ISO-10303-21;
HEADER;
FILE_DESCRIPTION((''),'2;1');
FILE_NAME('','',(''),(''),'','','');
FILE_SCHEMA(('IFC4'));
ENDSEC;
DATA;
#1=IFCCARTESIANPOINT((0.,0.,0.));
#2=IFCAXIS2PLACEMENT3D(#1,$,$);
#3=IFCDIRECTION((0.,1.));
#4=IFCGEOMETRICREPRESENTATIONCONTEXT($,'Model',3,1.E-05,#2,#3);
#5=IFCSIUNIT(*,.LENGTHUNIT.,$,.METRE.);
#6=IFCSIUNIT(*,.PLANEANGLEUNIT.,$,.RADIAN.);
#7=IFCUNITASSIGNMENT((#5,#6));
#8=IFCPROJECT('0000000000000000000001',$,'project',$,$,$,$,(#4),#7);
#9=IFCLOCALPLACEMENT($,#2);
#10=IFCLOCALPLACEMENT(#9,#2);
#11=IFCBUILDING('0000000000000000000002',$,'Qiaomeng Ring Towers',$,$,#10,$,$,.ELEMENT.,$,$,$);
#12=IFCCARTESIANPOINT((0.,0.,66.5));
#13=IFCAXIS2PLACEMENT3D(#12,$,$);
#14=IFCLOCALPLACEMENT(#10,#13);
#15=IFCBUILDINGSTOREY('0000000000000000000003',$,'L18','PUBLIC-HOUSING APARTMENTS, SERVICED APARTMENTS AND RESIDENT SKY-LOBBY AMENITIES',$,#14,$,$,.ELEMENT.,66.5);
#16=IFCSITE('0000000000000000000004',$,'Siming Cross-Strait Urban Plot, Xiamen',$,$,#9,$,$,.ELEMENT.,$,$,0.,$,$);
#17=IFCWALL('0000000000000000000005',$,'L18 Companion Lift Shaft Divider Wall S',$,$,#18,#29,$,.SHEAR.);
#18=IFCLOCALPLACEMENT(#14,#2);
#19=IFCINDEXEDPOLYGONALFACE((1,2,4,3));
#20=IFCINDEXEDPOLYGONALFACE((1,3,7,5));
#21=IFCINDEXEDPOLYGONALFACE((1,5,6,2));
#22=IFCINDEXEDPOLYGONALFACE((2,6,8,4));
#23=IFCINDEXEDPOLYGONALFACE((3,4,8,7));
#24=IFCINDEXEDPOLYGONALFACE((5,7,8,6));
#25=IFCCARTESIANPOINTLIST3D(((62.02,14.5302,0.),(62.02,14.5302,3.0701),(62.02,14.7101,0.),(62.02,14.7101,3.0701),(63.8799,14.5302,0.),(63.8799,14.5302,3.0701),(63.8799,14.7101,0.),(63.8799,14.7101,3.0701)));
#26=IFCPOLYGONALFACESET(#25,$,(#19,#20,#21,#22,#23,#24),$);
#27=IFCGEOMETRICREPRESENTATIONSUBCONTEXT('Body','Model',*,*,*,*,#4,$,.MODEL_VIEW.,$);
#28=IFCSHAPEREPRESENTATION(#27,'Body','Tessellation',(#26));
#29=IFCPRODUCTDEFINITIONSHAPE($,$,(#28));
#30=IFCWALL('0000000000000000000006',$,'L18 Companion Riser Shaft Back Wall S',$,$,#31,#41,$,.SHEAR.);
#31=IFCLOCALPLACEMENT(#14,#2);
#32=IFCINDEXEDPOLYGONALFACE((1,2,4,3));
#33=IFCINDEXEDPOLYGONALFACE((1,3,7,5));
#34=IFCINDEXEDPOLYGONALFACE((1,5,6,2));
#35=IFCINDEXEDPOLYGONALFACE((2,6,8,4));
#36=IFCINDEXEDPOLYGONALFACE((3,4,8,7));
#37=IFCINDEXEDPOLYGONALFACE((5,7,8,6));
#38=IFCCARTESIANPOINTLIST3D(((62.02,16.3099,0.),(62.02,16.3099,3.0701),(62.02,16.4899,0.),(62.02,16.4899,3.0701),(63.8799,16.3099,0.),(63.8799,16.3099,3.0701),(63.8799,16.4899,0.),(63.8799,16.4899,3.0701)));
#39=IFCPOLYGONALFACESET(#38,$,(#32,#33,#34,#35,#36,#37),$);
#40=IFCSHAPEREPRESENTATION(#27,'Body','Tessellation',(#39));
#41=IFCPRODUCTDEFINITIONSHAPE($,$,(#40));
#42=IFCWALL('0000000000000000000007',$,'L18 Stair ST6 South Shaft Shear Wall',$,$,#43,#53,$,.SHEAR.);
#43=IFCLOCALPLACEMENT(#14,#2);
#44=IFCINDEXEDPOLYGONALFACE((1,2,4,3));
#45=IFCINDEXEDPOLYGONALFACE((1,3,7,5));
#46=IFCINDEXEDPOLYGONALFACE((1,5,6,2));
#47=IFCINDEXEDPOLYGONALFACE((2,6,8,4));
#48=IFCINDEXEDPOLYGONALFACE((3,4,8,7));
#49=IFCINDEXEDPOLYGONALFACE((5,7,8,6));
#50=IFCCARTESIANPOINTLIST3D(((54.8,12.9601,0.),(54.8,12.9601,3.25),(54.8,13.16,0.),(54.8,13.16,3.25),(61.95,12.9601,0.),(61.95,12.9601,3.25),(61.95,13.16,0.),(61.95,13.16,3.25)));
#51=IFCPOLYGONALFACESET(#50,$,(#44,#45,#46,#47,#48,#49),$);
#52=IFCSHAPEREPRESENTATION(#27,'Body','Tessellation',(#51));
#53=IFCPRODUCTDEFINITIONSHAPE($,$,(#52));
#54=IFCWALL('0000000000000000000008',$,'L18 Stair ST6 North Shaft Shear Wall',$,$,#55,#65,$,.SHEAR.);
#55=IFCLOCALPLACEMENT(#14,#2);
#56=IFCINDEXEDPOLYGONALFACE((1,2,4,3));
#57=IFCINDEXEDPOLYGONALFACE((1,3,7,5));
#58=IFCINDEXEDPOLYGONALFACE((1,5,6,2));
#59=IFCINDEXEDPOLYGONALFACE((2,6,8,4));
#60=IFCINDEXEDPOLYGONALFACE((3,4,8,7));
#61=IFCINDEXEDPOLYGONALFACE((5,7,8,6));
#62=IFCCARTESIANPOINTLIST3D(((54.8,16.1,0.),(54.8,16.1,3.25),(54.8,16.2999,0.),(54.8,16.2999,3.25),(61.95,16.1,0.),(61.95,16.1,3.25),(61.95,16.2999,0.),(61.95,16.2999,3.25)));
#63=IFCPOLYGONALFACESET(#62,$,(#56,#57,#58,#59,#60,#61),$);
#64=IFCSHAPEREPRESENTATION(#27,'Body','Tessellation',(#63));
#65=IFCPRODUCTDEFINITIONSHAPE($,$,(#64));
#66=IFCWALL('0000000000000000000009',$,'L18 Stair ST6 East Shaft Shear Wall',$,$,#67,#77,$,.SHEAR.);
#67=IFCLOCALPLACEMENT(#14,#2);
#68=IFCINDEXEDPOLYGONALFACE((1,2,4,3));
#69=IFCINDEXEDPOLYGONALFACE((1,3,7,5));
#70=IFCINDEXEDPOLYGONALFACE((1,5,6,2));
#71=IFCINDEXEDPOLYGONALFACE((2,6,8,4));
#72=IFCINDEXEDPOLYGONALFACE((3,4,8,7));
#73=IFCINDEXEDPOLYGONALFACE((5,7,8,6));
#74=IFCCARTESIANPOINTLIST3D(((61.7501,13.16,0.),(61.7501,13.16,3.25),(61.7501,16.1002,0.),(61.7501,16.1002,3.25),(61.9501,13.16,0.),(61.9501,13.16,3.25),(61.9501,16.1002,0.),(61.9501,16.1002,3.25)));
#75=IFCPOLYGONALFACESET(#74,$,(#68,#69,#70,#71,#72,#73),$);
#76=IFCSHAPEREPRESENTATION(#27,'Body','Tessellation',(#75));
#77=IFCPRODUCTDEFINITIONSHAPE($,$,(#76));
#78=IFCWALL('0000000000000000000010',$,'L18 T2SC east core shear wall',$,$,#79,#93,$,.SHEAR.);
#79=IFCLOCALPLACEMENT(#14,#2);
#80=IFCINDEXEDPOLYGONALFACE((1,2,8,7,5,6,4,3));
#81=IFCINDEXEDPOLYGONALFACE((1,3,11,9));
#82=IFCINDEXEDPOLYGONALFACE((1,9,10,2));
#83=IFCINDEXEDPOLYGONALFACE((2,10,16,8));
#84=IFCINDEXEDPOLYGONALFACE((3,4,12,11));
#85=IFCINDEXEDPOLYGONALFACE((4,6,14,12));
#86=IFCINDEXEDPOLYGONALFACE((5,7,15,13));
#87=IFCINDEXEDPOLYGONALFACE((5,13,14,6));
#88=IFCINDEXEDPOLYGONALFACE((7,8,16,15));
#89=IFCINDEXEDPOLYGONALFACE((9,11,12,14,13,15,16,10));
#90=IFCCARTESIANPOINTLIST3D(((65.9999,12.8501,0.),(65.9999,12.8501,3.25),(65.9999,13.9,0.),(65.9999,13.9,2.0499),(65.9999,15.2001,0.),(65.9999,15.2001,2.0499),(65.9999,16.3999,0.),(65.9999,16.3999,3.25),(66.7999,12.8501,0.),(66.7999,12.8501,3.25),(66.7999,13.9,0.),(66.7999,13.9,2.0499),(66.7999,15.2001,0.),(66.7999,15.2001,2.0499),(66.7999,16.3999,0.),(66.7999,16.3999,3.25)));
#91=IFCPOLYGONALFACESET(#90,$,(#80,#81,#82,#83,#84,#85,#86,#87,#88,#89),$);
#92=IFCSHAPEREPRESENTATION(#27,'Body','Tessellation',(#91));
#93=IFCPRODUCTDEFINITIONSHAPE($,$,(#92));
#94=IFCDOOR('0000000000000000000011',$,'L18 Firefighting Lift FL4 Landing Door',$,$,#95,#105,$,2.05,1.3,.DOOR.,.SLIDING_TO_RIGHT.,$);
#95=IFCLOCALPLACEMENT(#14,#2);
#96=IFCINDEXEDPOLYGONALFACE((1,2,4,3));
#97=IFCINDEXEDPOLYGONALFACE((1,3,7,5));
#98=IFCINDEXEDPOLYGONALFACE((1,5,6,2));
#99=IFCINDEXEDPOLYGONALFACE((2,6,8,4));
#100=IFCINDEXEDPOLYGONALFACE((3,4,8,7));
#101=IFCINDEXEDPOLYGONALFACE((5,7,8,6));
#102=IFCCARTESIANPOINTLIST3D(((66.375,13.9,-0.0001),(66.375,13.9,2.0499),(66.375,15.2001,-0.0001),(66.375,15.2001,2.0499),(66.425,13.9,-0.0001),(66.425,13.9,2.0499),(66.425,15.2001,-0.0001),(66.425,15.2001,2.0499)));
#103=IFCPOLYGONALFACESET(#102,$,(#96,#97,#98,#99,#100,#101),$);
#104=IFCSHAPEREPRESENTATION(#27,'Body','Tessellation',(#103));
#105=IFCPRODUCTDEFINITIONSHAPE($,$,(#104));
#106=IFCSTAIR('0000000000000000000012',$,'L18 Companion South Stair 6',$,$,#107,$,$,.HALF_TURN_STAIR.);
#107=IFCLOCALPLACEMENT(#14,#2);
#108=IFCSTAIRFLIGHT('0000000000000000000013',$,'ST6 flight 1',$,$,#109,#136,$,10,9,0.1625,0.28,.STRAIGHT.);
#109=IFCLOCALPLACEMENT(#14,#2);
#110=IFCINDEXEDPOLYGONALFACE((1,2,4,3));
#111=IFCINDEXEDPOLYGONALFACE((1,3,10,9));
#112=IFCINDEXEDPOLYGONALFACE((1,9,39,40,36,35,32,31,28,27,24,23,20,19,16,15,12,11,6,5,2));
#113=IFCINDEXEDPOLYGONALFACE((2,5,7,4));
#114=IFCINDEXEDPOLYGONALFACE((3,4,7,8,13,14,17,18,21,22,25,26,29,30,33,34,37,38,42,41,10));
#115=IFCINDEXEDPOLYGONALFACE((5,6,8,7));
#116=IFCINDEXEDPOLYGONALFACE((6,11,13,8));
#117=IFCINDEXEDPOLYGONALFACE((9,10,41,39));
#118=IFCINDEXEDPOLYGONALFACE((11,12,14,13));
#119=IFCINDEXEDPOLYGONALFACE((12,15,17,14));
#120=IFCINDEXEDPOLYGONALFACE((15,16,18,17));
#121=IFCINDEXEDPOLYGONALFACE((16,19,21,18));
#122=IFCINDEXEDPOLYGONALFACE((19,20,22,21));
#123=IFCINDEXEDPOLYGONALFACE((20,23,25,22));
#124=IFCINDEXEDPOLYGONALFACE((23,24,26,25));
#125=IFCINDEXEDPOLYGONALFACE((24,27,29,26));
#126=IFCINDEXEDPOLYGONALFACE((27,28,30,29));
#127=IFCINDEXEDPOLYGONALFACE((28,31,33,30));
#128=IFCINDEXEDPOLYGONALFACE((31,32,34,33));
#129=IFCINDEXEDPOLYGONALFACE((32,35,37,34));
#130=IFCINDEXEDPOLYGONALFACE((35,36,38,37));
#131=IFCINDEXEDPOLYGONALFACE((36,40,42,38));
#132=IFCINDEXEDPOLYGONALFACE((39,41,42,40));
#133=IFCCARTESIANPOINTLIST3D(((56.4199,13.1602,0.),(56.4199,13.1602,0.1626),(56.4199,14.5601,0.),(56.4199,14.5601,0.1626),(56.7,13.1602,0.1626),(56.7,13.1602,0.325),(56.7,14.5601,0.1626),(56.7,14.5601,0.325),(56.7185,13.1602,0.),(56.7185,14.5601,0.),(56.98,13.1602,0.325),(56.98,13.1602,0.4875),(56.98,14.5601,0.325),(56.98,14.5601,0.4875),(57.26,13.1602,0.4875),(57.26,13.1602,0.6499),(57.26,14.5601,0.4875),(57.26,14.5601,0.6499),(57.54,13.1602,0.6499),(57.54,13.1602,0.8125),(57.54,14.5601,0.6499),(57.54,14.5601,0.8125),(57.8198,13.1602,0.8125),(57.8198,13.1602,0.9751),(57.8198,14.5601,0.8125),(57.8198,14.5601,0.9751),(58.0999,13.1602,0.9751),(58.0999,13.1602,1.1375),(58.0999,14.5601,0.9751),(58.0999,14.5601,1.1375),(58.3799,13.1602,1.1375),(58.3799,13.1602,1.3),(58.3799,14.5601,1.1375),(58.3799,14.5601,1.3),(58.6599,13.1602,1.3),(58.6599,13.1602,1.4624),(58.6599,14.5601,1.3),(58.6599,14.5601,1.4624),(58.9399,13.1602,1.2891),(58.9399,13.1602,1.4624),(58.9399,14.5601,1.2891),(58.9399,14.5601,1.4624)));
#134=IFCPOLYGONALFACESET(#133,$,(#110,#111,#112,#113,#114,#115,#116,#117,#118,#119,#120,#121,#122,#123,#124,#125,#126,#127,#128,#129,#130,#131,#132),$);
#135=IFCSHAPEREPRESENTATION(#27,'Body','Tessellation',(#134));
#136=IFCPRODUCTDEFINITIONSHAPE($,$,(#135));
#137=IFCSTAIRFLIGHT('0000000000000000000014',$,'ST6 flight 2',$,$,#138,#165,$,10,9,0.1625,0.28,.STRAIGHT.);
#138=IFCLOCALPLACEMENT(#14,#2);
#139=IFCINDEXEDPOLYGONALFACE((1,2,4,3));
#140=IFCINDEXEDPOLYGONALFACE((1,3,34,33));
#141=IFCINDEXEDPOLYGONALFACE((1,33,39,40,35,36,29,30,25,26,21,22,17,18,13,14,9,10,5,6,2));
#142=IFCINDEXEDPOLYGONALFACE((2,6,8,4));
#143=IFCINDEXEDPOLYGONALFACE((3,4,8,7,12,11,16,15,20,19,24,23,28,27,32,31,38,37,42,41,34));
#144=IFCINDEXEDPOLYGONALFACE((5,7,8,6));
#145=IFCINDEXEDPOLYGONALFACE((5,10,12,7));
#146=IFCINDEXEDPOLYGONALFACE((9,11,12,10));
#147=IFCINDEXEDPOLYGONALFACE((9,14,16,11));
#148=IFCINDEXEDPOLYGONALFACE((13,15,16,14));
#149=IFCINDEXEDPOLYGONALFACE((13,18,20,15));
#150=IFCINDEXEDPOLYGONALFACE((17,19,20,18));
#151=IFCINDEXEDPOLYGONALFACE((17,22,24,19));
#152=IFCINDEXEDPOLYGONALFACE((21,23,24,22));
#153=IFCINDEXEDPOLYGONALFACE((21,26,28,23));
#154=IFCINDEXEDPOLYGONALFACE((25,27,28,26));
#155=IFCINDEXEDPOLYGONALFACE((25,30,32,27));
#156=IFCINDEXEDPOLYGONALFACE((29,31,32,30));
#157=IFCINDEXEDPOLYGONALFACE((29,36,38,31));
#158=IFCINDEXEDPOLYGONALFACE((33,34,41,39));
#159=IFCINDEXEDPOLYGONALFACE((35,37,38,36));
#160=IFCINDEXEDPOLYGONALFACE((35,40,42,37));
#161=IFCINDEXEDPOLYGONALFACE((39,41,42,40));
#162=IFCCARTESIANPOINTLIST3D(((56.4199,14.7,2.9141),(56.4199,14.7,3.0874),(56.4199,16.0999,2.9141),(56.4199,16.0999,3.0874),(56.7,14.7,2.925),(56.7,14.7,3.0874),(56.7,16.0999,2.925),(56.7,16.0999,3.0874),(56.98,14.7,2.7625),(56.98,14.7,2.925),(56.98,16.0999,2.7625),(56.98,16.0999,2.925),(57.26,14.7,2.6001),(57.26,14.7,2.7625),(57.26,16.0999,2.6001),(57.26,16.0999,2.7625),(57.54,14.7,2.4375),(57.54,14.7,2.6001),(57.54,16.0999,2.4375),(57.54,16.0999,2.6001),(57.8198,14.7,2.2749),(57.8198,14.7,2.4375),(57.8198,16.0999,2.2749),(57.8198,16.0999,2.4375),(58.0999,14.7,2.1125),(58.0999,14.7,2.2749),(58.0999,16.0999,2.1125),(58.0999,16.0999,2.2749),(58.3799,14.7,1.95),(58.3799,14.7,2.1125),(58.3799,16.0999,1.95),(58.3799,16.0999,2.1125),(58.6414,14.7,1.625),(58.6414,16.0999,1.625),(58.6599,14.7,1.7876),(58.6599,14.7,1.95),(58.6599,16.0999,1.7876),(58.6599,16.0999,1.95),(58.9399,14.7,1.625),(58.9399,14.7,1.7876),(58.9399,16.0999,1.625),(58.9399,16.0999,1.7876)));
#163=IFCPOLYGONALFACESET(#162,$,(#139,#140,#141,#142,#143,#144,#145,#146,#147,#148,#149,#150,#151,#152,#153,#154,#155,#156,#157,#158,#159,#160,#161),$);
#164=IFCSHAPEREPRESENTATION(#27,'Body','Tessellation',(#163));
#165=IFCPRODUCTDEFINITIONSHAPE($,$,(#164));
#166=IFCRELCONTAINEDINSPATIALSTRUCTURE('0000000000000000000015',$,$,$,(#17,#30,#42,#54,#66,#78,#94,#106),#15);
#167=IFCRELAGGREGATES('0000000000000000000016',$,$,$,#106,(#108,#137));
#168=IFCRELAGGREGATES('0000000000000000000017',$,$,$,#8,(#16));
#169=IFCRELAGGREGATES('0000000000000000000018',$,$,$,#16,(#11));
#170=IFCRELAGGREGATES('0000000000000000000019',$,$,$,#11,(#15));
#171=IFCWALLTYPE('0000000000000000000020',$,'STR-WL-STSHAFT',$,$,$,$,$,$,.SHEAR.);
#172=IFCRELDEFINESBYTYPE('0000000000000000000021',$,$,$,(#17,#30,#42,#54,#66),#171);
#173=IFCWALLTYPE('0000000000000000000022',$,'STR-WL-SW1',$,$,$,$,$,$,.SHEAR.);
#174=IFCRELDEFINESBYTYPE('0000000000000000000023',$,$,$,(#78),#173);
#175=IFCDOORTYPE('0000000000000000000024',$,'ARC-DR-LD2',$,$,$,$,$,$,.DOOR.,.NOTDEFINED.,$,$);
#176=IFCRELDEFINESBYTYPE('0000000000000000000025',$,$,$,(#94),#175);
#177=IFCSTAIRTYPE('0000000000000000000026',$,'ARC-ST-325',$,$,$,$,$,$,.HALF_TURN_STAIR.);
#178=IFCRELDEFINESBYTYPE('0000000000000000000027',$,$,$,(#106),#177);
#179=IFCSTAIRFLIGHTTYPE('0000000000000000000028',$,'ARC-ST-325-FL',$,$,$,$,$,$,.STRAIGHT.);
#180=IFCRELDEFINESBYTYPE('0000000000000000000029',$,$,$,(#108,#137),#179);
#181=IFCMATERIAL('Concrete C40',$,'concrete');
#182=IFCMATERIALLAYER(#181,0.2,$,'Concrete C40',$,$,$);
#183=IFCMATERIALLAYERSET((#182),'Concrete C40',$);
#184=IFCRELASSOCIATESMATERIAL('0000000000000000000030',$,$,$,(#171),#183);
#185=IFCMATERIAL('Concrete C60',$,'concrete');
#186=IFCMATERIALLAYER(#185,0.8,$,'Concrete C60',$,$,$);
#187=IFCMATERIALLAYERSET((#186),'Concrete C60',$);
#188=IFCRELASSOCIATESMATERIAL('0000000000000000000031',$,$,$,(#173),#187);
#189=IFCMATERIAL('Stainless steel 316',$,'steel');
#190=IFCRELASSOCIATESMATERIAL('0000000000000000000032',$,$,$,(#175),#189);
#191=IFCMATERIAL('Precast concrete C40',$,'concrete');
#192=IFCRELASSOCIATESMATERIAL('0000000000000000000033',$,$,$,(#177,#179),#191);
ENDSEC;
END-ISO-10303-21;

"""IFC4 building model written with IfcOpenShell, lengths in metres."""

from ifc_helpers import new_model, si_unit, direction, frame, frame_2d, origin, place, context, subcontext, project, spatial, polyline, rectangle, outline, extrude, source, transform, mapped, material, layer, layer_set, type_object, element, fill, aggregate, save


model = new_model("IFC4")

# Units and contexts
model_context = context("Model", 3, precision=1e-05, world=origin(), true_north=direction((0.0, 1.0)))
body_context = subcontext(model_context, "Body", "Model", "MODEL_VIEW")
ifc_project = project(units=[si_unit("LENGTHUNIT", "METRE"), si_unit("PLANEANGLEUNIT", "RADIAN")], contexts=[model_context])

# Site, building, storey
site_placement = place(None, origin())
site = spatial("IfcSite", under=ifc_project, at=site_placement, Name="Siming Cross-Strait Urban Plot, Xiamen", CompositionType="ELEMENT", RefElevation=0.0)
building_placement = place(site_placement, origin())
building = spatial("IfcBuilding", under=site, at=building_placement, Name="Qiaomeng Ring Towers", CompositionType="ELEMENT")
storey_placement = place(building_placement, frame((0.0, 0.0, 66.5)))
storey = spatial("IfcBuildingStorey", under=building, at=storey_placement, Name="L18", Description="PUBLIC-HOUSING APARTMENTS, SERVICED APARTMENTS AND RESIDENT SKY-LOBBY AMENITIES", CompositionType="ELEMENT", Elevation=66.5)

# Walls
ifc_material_1 = material(Name="Concrete C40", Category="concrete")
ifc_layer_1 = layer(ifc_material_1, 0.2, Name="Concrete C40")
ifc_layer_set_1 = layer_set([ifc_layer_1], Name="Concrete C40")
wall_type_1 = type_object("IfcWallType", Name="STR-WL-STSHAFT", PredefinedType="SHEAR", material=ifc_layer_set_1)
for number, where, z_axis, x_axis, name in (
    (1, (62.02, 14.6201, 0.0), (0.0, 0.0, 1.0), (1.0, 0.0, 0.0), "L18 Companion Lift Shaft Divider Wall S"),
    (2, (62.02, 16.3999, 0.0), (0.0, 0.0, 1.0), (1.0, 0.0, 0.0), "L18 Companion Riser Shaft Back Wall S"),
):
    element("IfcWall", number, at=place(storey_placement, frame(where, z_axis=z_axis, x_axis=x_axis)), inside=storey, type_object=wall_type_1, Name=name, PredefinedType="SHEAR", context=body_context, shape_type="SweptSolid", body=[
        extrude(rectangle(XDim=1.8599, YDim=0.1799, at=frame_2d((0.9299, 0.0))), origin(), (0.0, 0.0, 1.0), 3.0701),
    ])
for number, where, z_axis, x_axis, name in (
    (3, (54.8, 13.0601, 0.0), (0.0, 0.0, 1.0), (1.0, 0.0, 0.0), "L18 Stair ST6 South Shaft Shear Wall"),
    (4, (54.8, 16.2, 0.0), (0.0, 0.0, 1.0), (1.0, 0.0, 0.0), "L18 Stair ST6 North Shaft Shear Wall"),
):
    element("IfcWall", number, at=place(storey_placement, frame(where, z_axis=z_axis, x_axis=x_axis)), inside=storey, type_object=wall_type_1, Name=name, PredefinedType="SHEAR", context=body_context, shape_type="SweptSolid", body=[
        extrude(rectangle(XDim=7.1499, YDim=0.2, at=frame_2d((3.575, 0.0))), origin(), (0.0, 0.0, 1.0), 3.25),
    ])
wall_1_placement = place(storey_placement, frame((61.8501, 13.1599, 0.0), z_axis=(0.0, 0.0, 1.0), x_axis=(0.0, 1.0, 0.0)))
element("IfcWall", 5, at=wall_1_placement, inside=storey, type_object=wall_type_1, Name="L18 Stair ST6 East Shaft Shear Wall", PredefinedType="SHEAR", context=body_context, shape_type="SweptSolid", body=[
    extrude(rectangle(XDim=2.9402, YDim=0.2, at=frame_2d((1.4702, 0.0))), origin(), (0.0, 0.0, 1.0), 3.25),
])

# Wall, opening, door
ifc_material_2 = material(Name="Concrete C60", Category="concrete")
ifc_layer_2 = layer(ifc_material_2, 0.8, Name="Concrete C60")
ifc_layer_set_2 = layer_set([ifc_layer_2], Name="Concrete C60")
wall_type_2 = type_object("IfcWallType", Name="STR-WL-SW1", PredefinedType="SHEAR", material=ifc_layer_set_2)
wall_2_placement = place(storey_placement, frame((66.3999, 12.8501, 0.0), z_axis=(0.0, 0.0, 1.0), x_axis=(0.0, 1.0, 0.0)))
wall_2 = element("IfcWall", 6, at=wall_2_placement, inside=storey, type_object=wall_type_2, Name="L18 T2SC east core shear wall", PredefinedType="SHEAR", context=body_context, shape_type="SweptSolid", body=[
    extrude(rectangle(XDim=3.5498, YDim=0.8, at=frame_2d((1.7749, 0.0))), origin(), (0.0, 0.0, 1.0), 3.25),
])
opening_placement = place(wall_2_placement, frame((1.05, 0.0, 0.0)))
opening = element("IfcOpeningElement", 7, at=opening_placement, cuts=wall_2, PredefinedType="OPENING", context=body_context, shape_type="SweptSolid", body=[
    extrude(rectangle(XDim=1.3, YDim=2.05, at=frame_2d((0.6499, 1.0249))), frame((0.0, 0.4099, 0.0), z_axis=(0.0, -1.0, 0.0), x_axis=(1.0, 0.0, 0.0)), (0.0, 0.0, 1.0), 0.8201),
])
ifc_material_3 = material(Name="Stainless steel 316", Category="steel")
door_type = type_object("IfcDoorType", Name="ARC-DR-LD2", OperationType="NOTDEFINED", PredefinedType="DOOR", material=ifc_material_3)
shared_shape_1 = source(origin(), body_context, "Body", "SweptSolid", [
    extrude(rectangle(XDim=1.3, YDim=2.05, at=frame_2d((0.6499, 1.0249))), frame((0.0, 0.0249, 0.0), z_axis=(0.0, -1.0, 0.0), x_axis=(1.0, 0.0, 0.0)), (0.0, 0.0, 1.0), 0.05),
])
door_placement = place(opening_placement, origin())
door = element("IfcDoor", 8, at=door_placement, inside=storey, type_object=door_type, Name="L18 Firefighting Lift FL4 Landing Door", OperationType="SLIDING_TO_RIGHT", OverallHeight=2.05, OverallWidth=1.3, PredefinedType="DOOR", context=body_context, shape_type="MappedRepresentation", body=[
    mapped(shared_shape_1, transform((0.0, 0.0, 0.0), x_axis=(1.0, 0.0, 0.0), y_axis=(0.0, 1.0, 0.0), z_axis=(0.0, 0.0, 1.0), scale=1.0)),
])
fill(opening, door)

# Stair, stair flights
ifc_material_4 = material(Name="Precast concrete C40", Category="concrete")
stair_type = type_object("IfcStairType", Name="ARC-ST-325", PredefinedType="HALF_TURN_STAIR", material=ifc_material_4)
stair_placement = place(storey_placement, origin())
stair = element("IfcStair", 9, at=stair_placement, inside=storey, type_object=stair_type, Name="L18 Companion South Stair 6", PredefinedType="HALF_TURN_STAIR")
stair_flight_type = type_object("IfcStairFlightType", Name="ARC-ST-325-FL", PredefinedType="STRAIGHT", material=ifc_material_4)
shared_shape_2 = source(origin(), body_context, "Body", "SweptSolid", [
    extrude(outline(polyline([(0.0, 0.0), (0.0, 0.1626), (0.28, 0.1626), (0.28, 0.325), (0.5601, 0.325), (0.5601, 0.4875), (0.8401, 0.4875), (0.8401, 0.6499), (1.1201, 0.6499), (1.1201, 0.8125), (1.3999, 0.8125), (1.3999, 0.9751), (1.6799, 0.9751), (1.6799, 1.1375), (1.96, 1.1375), (1.96, 1.3), (2.24, 1.3), (2.24, 1.4624), (2.52, 1.4624), (2.52, 1.625), (2.52, 1.2891), (0.2986, 0.0), (0.0, 0.0)])), frame((0.0, 0.7, 0.0), z_axis=(0.0, -1.0, 0.0), x_axis=(1.0, 0.0, 0.0)), (0.0, 0.0, 1.0), 1.3999),
])
stair_flight_1_placement = place(storey_placement, frame((56.4199, 13.8601, 0.0), z_axis=(0.0, 0.0, 1.0), x_axis=(1.0, 0.0, 0.0)))
stair_flight_1 = element("IfcStairFlight", 10, at=stair_flight_1_placement, type_object=stair_flight_type, Name="ST6 flight 1", NumberOfRisers=10, NumberOfTreads=9, PredefinedType="STRAIGHT", RiserHeight=0.1625, TreadLength=0.28, context=body_context, shape_type="MappedRepresentation", body=[
    mapped(shared_shape_2, transform((0.0, 0.0, 0.0), x_axis=(1.0, 0.0, 0.0), y_axis=(0.0, 1.0, 0.0), z_axis=(0.0, 0.0, 1.0), scale=1.0)),
])
stair_flight_2_placement = place(storey_placement, frame((58.9399, 15.3999, 1.625), z_axis=(0.0, 0.0, 1.0), x_axis=(-1.0, 0.0, 0.0)))
stair_flight_2 = element("IfcStairFlight", 11, at=stair_flight_2_placement, type_object=stair_flight_type, Name="ST6 flight 2", NumberOfRisers=10, NumberOfTreads=9, PredefinedType="STRAIGHT", RiserHeight=0.1625, TreadLength=0.28, context=body_context, shape_type="MappedRepresentation", body=[
    mapped(shared_shape_2, transform((0.0, 0.0, 0.0), x_axis=(1.0, 0.0, 0.0), y_axis=(0.0, 1.0, 0.0), z_axis=(0.0, 0.0, 1.0), scale=1.0)),
])
aggregate(stair, [stair_flight_1, stair_flight_2])

save(model, "model.ifc")
